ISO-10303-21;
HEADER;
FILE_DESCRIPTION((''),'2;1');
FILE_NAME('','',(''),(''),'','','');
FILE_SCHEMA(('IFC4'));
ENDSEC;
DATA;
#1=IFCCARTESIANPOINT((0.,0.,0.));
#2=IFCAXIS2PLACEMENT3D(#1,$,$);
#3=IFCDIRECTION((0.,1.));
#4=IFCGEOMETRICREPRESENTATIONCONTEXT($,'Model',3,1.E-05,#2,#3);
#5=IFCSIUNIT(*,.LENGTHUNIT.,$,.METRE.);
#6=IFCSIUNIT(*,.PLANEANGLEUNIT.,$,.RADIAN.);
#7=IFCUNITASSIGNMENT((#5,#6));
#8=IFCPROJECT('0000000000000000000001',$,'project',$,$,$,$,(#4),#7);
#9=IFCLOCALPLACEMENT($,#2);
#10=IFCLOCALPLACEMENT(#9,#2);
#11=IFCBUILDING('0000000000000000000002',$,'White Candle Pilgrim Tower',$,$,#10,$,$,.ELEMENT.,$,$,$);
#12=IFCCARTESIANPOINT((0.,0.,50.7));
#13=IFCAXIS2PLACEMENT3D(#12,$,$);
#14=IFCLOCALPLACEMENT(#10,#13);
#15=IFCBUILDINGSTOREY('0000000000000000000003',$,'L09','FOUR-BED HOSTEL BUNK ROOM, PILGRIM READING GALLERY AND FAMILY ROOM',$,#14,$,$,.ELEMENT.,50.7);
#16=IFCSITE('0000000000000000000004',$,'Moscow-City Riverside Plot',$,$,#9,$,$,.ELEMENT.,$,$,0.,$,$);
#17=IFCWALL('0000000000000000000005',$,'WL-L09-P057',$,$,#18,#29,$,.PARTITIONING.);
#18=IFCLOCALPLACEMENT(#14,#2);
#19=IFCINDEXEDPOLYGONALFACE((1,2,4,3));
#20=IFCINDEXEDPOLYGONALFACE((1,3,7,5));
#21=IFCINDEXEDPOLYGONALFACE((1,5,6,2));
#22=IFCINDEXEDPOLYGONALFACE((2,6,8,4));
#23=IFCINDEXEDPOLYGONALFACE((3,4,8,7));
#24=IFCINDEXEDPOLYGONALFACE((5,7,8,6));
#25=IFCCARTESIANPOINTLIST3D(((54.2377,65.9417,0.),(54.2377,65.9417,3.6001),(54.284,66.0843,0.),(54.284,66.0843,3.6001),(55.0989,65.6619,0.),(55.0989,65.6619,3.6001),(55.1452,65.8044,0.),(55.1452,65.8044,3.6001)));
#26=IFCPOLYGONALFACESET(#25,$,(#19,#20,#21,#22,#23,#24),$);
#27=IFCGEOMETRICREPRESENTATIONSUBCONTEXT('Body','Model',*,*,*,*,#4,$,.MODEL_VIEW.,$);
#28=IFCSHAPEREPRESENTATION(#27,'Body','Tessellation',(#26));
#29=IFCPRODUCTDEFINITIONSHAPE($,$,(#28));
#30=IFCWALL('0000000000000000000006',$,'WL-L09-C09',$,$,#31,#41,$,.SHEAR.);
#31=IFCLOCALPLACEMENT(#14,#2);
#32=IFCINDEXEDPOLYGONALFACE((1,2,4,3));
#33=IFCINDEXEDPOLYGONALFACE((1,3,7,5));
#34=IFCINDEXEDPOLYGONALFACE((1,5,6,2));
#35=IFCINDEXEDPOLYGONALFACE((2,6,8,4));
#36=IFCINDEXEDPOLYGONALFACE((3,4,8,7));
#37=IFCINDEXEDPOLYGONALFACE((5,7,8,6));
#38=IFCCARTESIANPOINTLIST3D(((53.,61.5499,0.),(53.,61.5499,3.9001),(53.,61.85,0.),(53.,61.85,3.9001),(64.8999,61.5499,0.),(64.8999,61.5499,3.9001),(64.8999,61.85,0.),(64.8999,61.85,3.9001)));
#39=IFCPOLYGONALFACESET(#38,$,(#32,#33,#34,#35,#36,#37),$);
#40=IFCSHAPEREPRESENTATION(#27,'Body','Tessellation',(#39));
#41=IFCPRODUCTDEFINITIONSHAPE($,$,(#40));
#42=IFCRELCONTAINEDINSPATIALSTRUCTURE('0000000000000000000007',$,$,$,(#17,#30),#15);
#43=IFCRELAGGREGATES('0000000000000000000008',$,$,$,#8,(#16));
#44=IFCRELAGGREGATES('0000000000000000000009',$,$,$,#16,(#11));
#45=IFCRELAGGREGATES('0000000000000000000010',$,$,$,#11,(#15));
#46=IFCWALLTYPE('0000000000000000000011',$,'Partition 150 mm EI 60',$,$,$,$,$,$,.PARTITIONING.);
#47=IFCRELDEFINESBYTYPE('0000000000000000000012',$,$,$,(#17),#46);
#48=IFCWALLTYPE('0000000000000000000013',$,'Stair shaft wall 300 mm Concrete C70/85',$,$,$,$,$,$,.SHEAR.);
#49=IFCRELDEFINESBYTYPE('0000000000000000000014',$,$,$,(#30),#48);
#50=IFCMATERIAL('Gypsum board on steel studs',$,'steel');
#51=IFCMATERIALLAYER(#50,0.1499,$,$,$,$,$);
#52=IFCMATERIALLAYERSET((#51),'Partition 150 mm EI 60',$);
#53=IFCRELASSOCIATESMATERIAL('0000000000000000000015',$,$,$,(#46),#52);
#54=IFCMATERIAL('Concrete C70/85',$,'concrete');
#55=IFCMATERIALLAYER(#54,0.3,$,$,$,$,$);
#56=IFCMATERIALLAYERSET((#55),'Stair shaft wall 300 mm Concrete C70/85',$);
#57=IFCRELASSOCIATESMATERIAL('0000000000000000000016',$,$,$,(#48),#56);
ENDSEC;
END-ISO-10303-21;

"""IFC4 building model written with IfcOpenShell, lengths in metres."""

from ifc_helpers import new_model, si_unit, direction, frame, frame_2d, origin, place, context, subcontext, project, spatial, rectangle, extrude, material, layer, layer_set, type_object, element, save


model = new_model("IFC4")

# Units and contexts
model_context = context("Model", 3, precision=1e-05, world=origin(), true_north=direction((0.0, 1.0)))
body_context = subcontext(model_context, "Body", "Model", "MODEL_VIEW")
ifc_project = project(units=[si_unit("LENGTHUNIT", "METRE"), si_unit("PLANEANGLEUNIT", "RADIAN")], contexts=[model_context])

# Site, building, storey
site_placement = place(None, origin())
site = spatial("IfcSite", under=ifc_project, at=site_placement, Name="Moscow-City Riverside Plot", CompositionType="ELEMENT", RefElevation=0.0)
building_placement = place(site_placement, origin())
building = spatial("IfcBuilding", under=site, at=building_placement, Name="White Candle Pilgrim Tower", CompositionType="ELEMENT")
storey_placement = place(building_placement, frame((0.0, 0.0, 50.7)))
storey = spatial("IfcBuildingStorey", under=building, at=storey_placement, Name="L09", Description="FOUR-BED HOSTEL BUNK ROOM, PILGRIM READING GALLERY AND FAMILY ROOM", CompositionType="ELEMENT", Elevation=50.7)

# Shared definitions
ifc_material_1 = material(Name="Gypsum board on steel studs", Category="steel")

# Walls
ifc_layer_1 = layer(ifc_material_1, 0.1499)
ifc_layer_set_1 = layer_set([ifc_layer_1], Name="Partition 150 mm EI 60")
wall_type_1 = type_object("IfcWallType", Name="Partition 150 mm EI 60", PredefinedType="PARTITIONING", material=ifc_layer_set_1)
wall_1_placement = place(storey_placement, frame((54.261, 66.0129, 0.0), z_axis=(0.0, 0.0, 1.0), x_axis=(0.951056, -0.309019, 0.0)))
element("IfcWall", 1, at=wall_1_placement, inside=storey, type_object=wall_type_1, Name="WL-L09-P057", PredefinedType="PARTITIONING", context=body_context, shape_type="SweptSolid", body=[
    extrude(rectangle(XDim=0.9055, YDim=0.1499, at=frame_2d((0.4526, 0.0))), origin(), (0.0, 0.0, 1.0), 3.6001),
])
ifc_material_2 = material(Name="Concrete C70/85", Category="concrete")
ifc_layer_2 = layer(ifc_material_2, 0.3)
ifc_layer_set_2 = layer_set([ifc_layer_2], Name="Stair shaft wall 300 mm Concrete C70/85")
wall_type_2 = type_object("IfcWallType", Name="Stair shaft wall 300 mm Concrete C70/85", PredefinedType="SHEAR", material=ifc_layer_set_2)
wall_2_placement = place(storey_placement, frame((53.0, 61.7, 0.0), z_axis=(0.0, 0.0, 1.0), x_axis=(1.0, 0.0, 0.0)))
element("IfcWall", 2, at=wall_2_placement, inside=storey, type_object=wall_type_2, Name="WL-L09-C09", PredefinedType="SHEAR", context=body_context, shape_type="SweptSolid", body=[
    extrude(rectangle(XDim=11.8999, YDim=0.3, at=frame_2d((5.95, 0.0))), origin(), (0.0, 0.0, 1.0), 3.9001),
])

save(model, "model.ifc")
